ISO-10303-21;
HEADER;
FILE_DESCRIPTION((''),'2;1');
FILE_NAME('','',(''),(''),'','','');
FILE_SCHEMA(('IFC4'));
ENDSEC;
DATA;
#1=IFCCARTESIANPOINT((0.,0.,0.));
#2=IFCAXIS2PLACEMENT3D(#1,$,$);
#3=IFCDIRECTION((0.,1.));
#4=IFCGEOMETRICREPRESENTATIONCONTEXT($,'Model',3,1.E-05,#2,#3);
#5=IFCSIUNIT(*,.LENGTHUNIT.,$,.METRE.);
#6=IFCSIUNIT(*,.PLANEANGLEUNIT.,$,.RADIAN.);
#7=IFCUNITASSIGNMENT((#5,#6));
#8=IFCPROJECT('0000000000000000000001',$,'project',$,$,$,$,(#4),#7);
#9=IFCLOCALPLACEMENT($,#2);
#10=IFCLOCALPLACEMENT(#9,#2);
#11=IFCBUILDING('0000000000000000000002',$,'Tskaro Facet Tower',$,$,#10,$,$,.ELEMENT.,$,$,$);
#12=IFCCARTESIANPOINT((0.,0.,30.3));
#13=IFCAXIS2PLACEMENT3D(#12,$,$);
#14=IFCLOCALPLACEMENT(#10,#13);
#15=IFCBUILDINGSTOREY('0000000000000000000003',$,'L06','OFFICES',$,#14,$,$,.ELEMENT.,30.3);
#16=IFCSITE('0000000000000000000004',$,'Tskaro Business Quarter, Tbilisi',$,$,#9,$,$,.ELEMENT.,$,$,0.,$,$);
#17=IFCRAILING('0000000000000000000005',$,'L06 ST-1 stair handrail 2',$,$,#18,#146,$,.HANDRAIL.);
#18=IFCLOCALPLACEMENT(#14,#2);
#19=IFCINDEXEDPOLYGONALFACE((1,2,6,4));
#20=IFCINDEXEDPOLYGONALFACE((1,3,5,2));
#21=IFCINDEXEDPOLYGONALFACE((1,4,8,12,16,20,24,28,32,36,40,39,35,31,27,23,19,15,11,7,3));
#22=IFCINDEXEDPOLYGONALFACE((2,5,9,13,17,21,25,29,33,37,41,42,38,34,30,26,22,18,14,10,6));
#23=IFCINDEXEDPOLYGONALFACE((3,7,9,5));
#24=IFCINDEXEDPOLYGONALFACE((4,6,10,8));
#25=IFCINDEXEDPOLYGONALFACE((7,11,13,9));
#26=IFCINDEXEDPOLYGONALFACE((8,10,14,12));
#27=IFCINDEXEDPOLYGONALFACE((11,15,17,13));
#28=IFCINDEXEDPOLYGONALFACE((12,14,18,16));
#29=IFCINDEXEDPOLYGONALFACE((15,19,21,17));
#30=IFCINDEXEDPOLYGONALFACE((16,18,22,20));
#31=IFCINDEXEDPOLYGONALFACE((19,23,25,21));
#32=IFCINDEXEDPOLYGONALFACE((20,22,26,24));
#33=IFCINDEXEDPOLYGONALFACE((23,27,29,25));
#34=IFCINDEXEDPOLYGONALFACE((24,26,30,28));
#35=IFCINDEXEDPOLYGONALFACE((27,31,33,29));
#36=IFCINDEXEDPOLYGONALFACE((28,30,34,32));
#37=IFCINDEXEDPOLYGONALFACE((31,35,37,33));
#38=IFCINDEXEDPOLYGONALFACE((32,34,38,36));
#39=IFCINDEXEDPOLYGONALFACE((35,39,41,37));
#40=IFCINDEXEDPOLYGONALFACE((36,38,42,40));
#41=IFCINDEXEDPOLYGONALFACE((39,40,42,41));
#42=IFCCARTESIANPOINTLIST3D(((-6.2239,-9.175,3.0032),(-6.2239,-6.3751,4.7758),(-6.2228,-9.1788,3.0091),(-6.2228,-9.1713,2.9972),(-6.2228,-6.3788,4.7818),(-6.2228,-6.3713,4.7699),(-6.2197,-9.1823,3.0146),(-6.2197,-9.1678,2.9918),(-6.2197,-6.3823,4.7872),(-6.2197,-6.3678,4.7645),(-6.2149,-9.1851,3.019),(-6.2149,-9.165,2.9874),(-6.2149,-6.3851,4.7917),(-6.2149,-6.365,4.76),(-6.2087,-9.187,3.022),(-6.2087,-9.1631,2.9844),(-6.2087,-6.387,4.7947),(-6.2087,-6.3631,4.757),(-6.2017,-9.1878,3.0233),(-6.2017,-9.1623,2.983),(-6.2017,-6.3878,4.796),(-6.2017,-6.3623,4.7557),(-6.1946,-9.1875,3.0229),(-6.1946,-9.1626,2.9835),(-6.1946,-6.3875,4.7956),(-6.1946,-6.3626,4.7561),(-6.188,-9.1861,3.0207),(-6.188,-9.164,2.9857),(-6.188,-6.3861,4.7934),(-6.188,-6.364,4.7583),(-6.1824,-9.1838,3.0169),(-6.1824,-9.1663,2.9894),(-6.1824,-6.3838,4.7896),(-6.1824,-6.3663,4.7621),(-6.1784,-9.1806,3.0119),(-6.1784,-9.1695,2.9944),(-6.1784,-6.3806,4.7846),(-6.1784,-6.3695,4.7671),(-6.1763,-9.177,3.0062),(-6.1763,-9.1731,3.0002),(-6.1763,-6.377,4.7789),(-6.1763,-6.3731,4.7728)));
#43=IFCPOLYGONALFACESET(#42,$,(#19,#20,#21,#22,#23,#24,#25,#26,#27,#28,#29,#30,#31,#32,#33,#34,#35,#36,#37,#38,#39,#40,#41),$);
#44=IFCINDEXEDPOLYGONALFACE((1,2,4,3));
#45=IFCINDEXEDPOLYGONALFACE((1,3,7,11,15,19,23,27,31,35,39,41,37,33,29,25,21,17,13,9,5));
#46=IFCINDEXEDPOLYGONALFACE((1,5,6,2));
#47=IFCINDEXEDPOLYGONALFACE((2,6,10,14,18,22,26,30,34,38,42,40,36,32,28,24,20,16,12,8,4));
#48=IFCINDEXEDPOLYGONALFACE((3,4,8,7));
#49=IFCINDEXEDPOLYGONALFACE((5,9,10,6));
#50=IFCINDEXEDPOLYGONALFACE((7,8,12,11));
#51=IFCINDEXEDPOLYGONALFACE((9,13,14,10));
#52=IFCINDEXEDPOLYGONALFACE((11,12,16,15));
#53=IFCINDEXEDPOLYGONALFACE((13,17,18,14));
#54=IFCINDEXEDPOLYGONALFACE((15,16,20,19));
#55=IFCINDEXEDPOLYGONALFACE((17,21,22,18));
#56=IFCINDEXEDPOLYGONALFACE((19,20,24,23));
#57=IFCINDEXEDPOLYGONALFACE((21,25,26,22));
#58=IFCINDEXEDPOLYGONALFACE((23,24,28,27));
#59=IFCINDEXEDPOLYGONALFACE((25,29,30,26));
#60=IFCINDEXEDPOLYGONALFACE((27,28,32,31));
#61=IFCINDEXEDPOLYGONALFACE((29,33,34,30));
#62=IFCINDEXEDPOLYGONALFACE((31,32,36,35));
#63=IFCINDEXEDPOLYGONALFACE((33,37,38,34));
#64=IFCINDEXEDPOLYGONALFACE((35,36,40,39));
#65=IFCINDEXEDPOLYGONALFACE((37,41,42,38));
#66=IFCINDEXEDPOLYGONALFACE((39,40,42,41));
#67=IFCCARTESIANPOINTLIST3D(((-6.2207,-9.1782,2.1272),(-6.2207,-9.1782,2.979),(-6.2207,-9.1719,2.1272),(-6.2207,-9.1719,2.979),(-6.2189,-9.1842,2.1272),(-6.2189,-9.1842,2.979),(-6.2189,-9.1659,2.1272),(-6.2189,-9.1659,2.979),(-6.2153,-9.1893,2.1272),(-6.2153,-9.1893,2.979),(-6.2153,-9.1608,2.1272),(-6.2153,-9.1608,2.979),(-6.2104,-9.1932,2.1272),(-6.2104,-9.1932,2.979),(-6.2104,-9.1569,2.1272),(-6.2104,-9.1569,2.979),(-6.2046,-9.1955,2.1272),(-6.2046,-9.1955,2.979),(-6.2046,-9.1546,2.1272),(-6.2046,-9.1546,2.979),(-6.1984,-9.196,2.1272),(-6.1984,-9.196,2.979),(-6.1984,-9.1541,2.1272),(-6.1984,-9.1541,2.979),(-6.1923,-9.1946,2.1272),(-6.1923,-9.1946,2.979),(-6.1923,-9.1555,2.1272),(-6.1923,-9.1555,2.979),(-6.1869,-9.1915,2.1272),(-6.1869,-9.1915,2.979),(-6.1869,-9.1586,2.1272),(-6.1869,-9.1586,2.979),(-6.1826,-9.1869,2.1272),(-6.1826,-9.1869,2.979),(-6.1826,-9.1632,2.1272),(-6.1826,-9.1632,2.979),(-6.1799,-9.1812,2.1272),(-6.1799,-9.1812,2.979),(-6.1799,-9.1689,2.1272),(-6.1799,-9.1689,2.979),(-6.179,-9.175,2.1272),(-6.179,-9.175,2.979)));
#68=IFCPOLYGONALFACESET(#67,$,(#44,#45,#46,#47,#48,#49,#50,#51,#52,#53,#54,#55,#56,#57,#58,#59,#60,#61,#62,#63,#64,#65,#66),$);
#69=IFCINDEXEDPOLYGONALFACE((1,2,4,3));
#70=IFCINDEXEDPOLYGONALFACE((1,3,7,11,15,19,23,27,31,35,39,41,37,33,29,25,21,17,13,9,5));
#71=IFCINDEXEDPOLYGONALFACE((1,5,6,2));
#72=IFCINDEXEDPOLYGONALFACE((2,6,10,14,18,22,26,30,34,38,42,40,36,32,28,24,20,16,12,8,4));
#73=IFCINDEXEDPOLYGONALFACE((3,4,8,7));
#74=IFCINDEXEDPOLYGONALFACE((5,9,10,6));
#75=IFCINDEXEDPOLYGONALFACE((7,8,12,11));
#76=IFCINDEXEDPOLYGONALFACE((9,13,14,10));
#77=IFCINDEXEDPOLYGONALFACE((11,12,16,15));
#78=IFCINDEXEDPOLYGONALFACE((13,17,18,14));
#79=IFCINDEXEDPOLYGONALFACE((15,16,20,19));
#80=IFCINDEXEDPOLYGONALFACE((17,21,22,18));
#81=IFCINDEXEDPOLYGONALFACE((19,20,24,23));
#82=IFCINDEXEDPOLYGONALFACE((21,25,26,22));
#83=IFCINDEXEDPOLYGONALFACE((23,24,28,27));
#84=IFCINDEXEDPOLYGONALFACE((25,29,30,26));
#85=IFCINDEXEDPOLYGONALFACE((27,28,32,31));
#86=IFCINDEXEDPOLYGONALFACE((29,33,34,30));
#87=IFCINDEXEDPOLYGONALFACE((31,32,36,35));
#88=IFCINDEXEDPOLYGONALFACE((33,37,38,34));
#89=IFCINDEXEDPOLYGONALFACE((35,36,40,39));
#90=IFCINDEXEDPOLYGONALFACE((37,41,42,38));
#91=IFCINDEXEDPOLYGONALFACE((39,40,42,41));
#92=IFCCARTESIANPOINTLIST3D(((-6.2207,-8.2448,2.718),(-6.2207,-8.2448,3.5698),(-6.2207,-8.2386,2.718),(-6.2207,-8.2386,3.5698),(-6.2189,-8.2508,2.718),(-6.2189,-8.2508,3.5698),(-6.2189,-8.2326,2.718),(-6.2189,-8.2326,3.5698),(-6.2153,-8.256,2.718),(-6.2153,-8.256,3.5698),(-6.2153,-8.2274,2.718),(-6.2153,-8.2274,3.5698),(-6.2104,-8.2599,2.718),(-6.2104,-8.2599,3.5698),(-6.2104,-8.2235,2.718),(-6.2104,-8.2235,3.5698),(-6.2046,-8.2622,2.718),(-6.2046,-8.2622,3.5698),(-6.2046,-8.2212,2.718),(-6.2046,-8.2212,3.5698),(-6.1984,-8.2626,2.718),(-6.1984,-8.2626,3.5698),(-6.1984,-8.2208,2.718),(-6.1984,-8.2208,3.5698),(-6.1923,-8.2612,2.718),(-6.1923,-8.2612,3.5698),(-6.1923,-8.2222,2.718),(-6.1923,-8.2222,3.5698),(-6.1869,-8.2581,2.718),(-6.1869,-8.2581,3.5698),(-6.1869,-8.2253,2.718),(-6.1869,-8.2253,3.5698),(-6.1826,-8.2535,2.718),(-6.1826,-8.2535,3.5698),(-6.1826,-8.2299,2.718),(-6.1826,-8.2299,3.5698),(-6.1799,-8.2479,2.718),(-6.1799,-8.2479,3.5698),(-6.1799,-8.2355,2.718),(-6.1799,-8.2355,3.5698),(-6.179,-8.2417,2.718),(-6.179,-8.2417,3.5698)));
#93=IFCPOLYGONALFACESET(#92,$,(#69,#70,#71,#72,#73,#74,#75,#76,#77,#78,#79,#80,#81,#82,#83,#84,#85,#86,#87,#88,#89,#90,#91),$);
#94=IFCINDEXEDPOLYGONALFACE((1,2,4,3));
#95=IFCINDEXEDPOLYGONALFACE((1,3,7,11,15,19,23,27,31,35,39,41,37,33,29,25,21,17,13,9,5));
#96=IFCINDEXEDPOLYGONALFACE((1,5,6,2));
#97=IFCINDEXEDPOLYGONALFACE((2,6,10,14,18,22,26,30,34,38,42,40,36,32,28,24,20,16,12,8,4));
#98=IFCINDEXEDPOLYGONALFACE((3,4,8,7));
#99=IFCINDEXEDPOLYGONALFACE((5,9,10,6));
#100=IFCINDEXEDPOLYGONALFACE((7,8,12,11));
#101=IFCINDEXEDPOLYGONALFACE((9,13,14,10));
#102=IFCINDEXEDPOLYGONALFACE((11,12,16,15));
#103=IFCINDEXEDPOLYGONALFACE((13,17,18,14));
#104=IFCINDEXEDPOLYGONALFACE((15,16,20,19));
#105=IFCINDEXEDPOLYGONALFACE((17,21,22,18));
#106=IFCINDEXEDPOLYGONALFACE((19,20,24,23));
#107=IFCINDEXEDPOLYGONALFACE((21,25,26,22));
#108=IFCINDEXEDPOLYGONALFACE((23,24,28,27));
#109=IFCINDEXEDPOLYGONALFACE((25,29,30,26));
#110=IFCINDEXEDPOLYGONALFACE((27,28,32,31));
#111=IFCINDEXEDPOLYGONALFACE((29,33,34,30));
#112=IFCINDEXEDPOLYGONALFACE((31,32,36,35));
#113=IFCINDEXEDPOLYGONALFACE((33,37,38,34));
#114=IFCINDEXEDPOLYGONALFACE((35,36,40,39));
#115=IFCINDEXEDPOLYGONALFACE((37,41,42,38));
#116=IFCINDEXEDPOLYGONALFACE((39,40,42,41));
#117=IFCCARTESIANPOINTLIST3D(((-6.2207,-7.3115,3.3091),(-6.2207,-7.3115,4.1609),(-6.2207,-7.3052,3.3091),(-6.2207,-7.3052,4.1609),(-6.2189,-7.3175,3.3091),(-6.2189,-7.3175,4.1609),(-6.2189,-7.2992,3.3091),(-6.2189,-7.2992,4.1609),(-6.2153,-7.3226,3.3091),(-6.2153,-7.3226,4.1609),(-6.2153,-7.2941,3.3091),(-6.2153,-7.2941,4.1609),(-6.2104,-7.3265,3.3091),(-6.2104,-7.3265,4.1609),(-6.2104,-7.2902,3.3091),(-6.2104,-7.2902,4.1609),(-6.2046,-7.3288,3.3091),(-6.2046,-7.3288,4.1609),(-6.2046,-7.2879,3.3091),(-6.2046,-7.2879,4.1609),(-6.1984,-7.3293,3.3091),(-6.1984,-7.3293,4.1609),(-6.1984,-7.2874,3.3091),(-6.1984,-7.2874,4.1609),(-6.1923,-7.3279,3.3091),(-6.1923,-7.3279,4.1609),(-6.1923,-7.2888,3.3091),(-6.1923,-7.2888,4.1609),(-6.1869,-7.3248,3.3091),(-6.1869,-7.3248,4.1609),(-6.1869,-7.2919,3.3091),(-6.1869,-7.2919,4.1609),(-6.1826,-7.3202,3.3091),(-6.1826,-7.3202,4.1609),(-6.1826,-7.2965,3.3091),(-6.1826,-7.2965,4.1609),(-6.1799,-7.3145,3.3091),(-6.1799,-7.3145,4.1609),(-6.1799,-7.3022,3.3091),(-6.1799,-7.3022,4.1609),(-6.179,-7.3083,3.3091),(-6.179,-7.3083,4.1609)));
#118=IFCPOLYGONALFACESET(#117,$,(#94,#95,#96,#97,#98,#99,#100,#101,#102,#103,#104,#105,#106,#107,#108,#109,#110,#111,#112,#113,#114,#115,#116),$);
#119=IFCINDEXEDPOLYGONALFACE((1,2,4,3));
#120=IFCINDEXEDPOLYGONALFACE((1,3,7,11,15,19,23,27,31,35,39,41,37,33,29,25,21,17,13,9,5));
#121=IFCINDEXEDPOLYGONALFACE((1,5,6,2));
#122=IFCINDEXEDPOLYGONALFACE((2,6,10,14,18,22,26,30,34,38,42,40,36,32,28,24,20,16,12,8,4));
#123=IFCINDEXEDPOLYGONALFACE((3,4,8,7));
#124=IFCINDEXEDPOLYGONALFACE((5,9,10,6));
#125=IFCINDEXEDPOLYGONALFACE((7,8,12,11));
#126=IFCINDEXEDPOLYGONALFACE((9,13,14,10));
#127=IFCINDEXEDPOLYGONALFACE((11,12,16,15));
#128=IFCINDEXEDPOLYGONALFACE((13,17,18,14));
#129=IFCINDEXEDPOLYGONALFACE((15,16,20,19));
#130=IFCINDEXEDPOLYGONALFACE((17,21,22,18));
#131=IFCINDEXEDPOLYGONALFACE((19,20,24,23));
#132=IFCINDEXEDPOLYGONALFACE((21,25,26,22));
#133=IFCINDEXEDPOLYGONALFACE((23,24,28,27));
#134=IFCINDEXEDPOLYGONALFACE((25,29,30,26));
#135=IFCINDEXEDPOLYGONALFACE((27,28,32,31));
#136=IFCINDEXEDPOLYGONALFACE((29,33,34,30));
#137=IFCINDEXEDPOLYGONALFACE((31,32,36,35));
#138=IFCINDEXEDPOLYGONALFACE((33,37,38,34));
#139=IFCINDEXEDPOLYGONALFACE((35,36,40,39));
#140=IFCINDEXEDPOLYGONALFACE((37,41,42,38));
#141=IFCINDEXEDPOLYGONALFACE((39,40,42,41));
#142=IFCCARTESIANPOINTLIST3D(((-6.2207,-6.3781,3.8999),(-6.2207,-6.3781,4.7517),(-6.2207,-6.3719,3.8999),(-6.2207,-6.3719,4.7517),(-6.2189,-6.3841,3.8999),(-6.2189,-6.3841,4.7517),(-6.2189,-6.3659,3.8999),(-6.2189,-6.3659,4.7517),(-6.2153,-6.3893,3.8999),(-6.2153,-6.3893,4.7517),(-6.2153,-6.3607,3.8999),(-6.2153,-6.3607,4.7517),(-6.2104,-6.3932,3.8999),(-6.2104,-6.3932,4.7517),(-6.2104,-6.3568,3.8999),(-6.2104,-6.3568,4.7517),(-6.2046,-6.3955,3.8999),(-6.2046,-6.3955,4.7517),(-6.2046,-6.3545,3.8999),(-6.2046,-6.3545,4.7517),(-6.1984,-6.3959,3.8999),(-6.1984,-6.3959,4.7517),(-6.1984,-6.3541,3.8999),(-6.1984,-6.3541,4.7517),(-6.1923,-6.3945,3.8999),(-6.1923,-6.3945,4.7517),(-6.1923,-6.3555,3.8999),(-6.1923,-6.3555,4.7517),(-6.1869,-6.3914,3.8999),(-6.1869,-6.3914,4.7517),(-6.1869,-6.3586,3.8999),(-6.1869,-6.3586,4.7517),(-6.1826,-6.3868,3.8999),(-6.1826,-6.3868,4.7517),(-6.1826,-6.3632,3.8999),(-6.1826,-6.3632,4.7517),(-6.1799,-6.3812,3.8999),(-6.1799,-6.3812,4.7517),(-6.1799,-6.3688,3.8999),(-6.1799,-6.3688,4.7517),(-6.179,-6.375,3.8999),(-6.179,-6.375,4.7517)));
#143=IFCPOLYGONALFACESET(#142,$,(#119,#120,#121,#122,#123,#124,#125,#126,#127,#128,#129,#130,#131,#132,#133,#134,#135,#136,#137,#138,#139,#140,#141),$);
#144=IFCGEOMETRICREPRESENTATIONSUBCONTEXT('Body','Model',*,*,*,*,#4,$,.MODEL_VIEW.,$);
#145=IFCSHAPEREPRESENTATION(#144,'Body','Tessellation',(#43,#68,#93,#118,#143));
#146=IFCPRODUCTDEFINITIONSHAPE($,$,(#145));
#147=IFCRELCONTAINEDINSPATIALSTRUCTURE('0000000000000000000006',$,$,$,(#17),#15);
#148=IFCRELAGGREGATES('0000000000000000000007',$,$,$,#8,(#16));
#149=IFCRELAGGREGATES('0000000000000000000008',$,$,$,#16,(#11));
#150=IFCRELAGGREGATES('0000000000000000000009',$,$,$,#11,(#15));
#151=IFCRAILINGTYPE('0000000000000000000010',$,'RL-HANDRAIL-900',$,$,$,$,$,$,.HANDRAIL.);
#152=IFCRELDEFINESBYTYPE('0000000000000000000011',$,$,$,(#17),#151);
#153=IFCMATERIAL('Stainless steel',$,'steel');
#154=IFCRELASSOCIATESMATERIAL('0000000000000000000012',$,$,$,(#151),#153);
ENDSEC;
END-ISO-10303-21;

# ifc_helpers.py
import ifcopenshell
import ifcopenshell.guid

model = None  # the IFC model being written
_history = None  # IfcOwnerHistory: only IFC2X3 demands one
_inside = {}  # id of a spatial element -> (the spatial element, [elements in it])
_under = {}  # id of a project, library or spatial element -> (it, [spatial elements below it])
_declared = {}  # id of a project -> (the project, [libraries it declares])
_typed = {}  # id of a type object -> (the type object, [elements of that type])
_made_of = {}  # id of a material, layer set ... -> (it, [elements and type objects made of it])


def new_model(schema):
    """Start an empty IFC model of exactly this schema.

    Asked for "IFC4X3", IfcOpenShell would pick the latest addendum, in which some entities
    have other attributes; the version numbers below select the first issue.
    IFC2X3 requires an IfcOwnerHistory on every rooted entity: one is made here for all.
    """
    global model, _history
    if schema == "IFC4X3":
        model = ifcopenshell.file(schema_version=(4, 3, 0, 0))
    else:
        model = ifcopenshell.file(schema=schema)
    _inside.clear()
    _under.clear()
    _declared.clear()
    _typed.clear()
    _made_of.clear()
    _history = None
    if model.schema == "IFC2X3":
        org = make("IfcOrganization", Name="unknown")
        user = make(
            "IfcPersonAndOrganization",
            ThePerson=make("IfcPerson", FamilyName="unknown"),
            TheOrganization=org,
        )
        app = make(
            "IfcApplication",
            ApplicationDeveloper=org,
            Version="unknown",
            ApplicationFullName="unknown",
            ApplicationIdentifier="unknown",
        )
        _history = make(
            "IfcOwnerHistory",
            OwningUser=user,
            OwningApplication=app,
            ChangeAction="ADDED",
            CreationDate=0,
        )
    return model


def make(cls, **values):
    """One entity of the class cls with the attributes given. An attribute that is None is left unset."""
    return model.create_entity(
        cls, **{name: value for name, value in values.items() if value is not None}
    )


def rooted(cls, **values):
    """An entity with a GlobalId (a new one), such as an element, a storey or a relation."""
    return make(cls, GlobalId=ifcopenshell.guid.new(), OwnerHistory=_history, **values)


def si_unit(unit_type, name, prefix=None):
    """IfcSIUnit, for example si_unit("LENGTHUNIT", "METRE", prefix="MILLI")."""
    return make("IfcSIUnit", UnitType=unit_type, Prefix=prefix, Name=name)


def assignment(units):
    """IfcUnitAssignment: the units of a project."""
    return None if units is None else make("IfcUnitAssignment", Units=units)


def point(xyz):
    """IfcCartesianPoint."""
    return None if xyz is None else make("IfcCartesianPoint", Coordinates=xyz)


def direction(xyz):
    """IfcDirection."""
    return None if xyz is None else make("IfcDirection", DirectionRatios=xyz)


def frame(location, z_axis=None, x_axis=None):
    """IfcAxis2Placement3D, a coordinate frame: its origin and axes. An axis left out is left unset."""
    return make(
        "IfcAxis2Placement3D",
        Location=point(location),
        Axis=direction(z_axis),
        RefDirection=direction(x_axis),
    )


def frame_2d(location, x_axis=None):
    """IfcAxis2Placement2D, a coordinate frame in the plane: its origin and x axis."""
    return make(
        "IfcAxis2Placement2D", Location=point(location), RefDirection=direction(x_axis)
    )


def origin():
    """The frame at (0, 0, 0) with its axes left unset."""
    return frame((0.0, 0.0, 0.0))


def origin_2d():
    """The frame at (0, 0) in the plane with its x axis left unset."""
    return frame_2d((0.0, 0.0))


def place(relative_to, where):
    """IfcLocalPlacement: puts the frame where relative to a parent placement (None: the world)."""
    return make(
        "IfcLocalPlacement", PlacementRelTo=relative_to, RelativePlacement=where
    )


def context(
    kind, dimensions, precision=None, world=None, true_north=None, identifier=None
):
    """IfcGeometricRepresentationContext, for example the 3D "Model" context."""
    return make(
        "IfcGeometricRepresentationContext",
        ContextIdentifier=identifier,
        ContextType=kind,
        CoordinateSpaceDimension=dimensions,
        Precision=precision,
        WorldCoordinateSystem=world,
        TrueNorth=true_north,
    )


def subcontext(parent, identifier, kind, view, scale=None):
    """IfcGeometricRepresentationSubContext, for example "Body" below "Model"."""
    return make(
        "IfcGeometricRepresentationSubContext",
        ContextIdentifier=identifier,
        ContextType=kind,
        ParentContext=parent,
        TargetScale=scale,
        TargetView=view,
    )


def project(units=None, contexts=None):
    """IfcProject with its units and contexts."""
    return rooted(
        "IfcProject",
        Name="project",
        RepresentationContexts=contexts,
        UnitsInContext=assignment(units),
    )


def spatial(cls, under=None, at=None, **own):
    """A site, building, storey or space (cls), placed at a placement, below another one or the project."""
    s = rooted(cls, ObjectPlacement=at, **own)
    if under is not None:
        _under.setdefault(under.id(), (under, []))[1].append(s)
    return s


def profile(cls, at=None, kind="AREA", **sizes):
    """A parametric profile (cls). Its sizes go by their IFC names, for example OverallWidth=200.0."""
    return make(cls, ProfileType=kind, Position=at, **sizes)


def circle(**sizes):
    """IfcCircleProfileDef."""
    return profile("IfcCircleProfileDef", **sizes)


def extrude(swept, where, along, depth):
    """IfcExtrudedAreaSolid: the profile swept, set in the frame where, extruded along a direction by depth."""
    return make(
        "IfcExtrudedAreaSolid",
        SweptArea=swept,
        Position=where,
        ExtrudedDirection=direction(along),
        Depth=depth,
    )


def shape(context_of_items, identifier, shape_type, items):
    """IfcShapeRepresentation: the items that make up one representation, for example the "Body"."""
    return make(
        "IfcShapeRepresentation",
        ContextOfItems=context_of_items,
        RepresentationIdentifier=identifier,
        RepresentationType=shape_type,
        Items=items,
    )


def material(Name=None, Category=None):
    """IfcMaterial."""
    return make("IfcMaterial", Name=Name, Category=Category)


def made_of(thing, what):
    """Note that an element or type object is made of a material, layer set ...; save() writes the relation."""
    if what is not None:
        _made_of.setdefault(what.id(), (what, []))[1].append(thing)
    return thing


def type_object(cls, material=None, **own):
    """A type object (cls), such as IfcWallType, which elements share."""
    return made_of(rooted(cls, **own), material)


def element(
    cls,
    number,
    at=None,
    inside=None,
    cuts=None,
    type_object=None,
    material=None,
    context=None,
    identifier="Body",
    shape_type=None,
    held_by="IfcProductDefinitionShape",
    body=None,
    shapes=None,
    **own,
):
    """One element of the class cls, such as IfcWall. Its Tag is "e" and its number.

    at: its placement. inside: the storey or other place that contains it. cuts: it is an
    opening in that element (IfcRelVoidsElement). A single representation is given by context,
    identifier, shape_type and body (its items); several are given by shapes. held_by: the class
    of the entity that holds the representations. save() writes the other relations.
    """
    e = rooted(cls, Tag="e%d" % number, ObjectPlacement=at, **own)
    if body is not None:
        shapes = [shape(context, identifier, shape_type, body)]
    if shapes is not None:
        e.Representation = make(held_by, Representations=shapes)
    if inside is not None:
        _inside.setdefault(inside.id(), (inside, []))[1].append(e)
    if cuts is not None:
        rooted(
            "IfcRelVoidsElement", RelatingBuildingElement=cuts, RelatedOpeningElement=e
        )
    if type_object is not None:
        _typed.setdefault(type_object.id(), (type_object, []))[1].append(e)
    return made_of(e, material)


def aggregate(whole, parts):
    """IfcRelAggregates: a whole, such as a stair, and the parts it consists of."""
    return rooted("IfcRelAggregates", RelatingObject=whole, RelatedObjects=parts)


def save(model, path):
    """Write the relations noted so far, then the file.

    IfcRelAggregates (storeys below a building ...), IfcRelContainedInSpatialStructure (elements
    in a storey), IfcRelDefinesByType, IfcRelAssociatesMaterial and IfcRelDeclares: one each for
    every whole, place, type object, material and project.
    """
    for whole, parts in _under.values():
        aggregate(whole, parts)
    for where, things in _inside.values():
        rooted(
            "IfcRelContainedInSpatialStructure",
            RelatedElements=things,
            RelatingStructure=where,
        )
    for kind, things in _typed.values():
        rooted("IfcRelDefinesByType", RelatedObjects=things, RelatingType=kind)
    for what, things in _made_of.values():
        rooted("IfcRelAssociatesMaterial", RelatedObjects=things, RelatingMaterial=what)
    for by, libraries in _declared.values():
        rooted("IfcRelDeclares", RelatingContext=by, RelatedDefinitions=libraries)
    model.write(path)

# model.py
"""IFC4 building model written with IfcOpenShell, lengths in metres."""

from ifc_helpers import new_model, si_unit, direction, frame, origin, origin_2d, place, context, subcontext, project, spatial, circle, extrude, material, type_object, element, save


model = new_model("IFC4")

# Units and contexts
model_context = context("Model", 3, precision=1e-05, world=origin(), true_north=direction((0.0, 1.0)))
body_context = subcontext(model_context, "Body", "Model", "MODEL_VIEW")
ifc_project = project(units=[si_unit("LENGTHUNIT", "METRE"), si_unit("PLANEANGLEUNIT", "RADIAN")], contexts=[model_context])

# Site, building, storey
site_placement = place(None, origin())
site = spatial("IfcSite", under=ifc_project, at=site_placement, Name="Tskaro Business Quarter, Tbilisi", CompositionType="ELEMENT", RefElevation=0.0)
building_placement = place(site_placement, origin())
building = spatial("IfcBuilding", under=site, at=building_placement, Name="Tskaro Facet Tower", CompositionType="ELEMENT")
storey_placement = place(building_placement, frame((0.0, 0.0, 30.3)))
storey = spatial("IfcBuildingStorey", under=building, at=storey_placement, Name="L06", Description="OFFICES", CompositionType="ELEMENT", Elevation=30.3)

# Shared definitions
ifc_material_1 = material(Name="Stainless steel", Category="steel")

# Railing
railing_type_1 = type_object("IfcRailingType", Name="RL-HANDRAIL-900", PredefinedType="HANDRAIL", material=ifc_material_1)
railing_1_placement = place(storey_placement, frame((-6.2, -9.175, 2.1272)))
element("IfcRailing", 1, at=railing_1_placement, inside=storey, type_object=railing_type_1, Name="L06 ST-1 stair handrail 2", PredefinedType="HANDRAIL", context=body_context, shape_type="SweptSolid", body=[
    extrude(circle(Radius=0.0239, at=origin_2d()), frame((0.0, 0.0, 0.876), z_axis=(0.0, 0.844909, 0.53491), x_axis=(-1.0, 0.0, 0.0)), (0.0, 0.0, 1.0), 3.314),
    extrude(circle(Radius=0.021, at=origin_2d()), origin(), (0.0, 0.0, 1.0), 0.8518),
    extrude(circle(Radius=0.021, at=origin_2d()), frame((0.0, 0.9333, 0.5908)), (0.0, 0.0, 1.0), 0.8518),
    extrude(circle(Radius=0.021, at=origin_2d()), frame((0.0, 1.8667, 1.1819)), (0.0, 0.0, 1.0), 0.8518),
    extrude(circle(Radius=0.021, at=origin_2d()), frame((0.0, 2.8, 1.7727)), (0.0, 0.0, 1.0), 0.8518),
])

save(model, "model.ifc")
